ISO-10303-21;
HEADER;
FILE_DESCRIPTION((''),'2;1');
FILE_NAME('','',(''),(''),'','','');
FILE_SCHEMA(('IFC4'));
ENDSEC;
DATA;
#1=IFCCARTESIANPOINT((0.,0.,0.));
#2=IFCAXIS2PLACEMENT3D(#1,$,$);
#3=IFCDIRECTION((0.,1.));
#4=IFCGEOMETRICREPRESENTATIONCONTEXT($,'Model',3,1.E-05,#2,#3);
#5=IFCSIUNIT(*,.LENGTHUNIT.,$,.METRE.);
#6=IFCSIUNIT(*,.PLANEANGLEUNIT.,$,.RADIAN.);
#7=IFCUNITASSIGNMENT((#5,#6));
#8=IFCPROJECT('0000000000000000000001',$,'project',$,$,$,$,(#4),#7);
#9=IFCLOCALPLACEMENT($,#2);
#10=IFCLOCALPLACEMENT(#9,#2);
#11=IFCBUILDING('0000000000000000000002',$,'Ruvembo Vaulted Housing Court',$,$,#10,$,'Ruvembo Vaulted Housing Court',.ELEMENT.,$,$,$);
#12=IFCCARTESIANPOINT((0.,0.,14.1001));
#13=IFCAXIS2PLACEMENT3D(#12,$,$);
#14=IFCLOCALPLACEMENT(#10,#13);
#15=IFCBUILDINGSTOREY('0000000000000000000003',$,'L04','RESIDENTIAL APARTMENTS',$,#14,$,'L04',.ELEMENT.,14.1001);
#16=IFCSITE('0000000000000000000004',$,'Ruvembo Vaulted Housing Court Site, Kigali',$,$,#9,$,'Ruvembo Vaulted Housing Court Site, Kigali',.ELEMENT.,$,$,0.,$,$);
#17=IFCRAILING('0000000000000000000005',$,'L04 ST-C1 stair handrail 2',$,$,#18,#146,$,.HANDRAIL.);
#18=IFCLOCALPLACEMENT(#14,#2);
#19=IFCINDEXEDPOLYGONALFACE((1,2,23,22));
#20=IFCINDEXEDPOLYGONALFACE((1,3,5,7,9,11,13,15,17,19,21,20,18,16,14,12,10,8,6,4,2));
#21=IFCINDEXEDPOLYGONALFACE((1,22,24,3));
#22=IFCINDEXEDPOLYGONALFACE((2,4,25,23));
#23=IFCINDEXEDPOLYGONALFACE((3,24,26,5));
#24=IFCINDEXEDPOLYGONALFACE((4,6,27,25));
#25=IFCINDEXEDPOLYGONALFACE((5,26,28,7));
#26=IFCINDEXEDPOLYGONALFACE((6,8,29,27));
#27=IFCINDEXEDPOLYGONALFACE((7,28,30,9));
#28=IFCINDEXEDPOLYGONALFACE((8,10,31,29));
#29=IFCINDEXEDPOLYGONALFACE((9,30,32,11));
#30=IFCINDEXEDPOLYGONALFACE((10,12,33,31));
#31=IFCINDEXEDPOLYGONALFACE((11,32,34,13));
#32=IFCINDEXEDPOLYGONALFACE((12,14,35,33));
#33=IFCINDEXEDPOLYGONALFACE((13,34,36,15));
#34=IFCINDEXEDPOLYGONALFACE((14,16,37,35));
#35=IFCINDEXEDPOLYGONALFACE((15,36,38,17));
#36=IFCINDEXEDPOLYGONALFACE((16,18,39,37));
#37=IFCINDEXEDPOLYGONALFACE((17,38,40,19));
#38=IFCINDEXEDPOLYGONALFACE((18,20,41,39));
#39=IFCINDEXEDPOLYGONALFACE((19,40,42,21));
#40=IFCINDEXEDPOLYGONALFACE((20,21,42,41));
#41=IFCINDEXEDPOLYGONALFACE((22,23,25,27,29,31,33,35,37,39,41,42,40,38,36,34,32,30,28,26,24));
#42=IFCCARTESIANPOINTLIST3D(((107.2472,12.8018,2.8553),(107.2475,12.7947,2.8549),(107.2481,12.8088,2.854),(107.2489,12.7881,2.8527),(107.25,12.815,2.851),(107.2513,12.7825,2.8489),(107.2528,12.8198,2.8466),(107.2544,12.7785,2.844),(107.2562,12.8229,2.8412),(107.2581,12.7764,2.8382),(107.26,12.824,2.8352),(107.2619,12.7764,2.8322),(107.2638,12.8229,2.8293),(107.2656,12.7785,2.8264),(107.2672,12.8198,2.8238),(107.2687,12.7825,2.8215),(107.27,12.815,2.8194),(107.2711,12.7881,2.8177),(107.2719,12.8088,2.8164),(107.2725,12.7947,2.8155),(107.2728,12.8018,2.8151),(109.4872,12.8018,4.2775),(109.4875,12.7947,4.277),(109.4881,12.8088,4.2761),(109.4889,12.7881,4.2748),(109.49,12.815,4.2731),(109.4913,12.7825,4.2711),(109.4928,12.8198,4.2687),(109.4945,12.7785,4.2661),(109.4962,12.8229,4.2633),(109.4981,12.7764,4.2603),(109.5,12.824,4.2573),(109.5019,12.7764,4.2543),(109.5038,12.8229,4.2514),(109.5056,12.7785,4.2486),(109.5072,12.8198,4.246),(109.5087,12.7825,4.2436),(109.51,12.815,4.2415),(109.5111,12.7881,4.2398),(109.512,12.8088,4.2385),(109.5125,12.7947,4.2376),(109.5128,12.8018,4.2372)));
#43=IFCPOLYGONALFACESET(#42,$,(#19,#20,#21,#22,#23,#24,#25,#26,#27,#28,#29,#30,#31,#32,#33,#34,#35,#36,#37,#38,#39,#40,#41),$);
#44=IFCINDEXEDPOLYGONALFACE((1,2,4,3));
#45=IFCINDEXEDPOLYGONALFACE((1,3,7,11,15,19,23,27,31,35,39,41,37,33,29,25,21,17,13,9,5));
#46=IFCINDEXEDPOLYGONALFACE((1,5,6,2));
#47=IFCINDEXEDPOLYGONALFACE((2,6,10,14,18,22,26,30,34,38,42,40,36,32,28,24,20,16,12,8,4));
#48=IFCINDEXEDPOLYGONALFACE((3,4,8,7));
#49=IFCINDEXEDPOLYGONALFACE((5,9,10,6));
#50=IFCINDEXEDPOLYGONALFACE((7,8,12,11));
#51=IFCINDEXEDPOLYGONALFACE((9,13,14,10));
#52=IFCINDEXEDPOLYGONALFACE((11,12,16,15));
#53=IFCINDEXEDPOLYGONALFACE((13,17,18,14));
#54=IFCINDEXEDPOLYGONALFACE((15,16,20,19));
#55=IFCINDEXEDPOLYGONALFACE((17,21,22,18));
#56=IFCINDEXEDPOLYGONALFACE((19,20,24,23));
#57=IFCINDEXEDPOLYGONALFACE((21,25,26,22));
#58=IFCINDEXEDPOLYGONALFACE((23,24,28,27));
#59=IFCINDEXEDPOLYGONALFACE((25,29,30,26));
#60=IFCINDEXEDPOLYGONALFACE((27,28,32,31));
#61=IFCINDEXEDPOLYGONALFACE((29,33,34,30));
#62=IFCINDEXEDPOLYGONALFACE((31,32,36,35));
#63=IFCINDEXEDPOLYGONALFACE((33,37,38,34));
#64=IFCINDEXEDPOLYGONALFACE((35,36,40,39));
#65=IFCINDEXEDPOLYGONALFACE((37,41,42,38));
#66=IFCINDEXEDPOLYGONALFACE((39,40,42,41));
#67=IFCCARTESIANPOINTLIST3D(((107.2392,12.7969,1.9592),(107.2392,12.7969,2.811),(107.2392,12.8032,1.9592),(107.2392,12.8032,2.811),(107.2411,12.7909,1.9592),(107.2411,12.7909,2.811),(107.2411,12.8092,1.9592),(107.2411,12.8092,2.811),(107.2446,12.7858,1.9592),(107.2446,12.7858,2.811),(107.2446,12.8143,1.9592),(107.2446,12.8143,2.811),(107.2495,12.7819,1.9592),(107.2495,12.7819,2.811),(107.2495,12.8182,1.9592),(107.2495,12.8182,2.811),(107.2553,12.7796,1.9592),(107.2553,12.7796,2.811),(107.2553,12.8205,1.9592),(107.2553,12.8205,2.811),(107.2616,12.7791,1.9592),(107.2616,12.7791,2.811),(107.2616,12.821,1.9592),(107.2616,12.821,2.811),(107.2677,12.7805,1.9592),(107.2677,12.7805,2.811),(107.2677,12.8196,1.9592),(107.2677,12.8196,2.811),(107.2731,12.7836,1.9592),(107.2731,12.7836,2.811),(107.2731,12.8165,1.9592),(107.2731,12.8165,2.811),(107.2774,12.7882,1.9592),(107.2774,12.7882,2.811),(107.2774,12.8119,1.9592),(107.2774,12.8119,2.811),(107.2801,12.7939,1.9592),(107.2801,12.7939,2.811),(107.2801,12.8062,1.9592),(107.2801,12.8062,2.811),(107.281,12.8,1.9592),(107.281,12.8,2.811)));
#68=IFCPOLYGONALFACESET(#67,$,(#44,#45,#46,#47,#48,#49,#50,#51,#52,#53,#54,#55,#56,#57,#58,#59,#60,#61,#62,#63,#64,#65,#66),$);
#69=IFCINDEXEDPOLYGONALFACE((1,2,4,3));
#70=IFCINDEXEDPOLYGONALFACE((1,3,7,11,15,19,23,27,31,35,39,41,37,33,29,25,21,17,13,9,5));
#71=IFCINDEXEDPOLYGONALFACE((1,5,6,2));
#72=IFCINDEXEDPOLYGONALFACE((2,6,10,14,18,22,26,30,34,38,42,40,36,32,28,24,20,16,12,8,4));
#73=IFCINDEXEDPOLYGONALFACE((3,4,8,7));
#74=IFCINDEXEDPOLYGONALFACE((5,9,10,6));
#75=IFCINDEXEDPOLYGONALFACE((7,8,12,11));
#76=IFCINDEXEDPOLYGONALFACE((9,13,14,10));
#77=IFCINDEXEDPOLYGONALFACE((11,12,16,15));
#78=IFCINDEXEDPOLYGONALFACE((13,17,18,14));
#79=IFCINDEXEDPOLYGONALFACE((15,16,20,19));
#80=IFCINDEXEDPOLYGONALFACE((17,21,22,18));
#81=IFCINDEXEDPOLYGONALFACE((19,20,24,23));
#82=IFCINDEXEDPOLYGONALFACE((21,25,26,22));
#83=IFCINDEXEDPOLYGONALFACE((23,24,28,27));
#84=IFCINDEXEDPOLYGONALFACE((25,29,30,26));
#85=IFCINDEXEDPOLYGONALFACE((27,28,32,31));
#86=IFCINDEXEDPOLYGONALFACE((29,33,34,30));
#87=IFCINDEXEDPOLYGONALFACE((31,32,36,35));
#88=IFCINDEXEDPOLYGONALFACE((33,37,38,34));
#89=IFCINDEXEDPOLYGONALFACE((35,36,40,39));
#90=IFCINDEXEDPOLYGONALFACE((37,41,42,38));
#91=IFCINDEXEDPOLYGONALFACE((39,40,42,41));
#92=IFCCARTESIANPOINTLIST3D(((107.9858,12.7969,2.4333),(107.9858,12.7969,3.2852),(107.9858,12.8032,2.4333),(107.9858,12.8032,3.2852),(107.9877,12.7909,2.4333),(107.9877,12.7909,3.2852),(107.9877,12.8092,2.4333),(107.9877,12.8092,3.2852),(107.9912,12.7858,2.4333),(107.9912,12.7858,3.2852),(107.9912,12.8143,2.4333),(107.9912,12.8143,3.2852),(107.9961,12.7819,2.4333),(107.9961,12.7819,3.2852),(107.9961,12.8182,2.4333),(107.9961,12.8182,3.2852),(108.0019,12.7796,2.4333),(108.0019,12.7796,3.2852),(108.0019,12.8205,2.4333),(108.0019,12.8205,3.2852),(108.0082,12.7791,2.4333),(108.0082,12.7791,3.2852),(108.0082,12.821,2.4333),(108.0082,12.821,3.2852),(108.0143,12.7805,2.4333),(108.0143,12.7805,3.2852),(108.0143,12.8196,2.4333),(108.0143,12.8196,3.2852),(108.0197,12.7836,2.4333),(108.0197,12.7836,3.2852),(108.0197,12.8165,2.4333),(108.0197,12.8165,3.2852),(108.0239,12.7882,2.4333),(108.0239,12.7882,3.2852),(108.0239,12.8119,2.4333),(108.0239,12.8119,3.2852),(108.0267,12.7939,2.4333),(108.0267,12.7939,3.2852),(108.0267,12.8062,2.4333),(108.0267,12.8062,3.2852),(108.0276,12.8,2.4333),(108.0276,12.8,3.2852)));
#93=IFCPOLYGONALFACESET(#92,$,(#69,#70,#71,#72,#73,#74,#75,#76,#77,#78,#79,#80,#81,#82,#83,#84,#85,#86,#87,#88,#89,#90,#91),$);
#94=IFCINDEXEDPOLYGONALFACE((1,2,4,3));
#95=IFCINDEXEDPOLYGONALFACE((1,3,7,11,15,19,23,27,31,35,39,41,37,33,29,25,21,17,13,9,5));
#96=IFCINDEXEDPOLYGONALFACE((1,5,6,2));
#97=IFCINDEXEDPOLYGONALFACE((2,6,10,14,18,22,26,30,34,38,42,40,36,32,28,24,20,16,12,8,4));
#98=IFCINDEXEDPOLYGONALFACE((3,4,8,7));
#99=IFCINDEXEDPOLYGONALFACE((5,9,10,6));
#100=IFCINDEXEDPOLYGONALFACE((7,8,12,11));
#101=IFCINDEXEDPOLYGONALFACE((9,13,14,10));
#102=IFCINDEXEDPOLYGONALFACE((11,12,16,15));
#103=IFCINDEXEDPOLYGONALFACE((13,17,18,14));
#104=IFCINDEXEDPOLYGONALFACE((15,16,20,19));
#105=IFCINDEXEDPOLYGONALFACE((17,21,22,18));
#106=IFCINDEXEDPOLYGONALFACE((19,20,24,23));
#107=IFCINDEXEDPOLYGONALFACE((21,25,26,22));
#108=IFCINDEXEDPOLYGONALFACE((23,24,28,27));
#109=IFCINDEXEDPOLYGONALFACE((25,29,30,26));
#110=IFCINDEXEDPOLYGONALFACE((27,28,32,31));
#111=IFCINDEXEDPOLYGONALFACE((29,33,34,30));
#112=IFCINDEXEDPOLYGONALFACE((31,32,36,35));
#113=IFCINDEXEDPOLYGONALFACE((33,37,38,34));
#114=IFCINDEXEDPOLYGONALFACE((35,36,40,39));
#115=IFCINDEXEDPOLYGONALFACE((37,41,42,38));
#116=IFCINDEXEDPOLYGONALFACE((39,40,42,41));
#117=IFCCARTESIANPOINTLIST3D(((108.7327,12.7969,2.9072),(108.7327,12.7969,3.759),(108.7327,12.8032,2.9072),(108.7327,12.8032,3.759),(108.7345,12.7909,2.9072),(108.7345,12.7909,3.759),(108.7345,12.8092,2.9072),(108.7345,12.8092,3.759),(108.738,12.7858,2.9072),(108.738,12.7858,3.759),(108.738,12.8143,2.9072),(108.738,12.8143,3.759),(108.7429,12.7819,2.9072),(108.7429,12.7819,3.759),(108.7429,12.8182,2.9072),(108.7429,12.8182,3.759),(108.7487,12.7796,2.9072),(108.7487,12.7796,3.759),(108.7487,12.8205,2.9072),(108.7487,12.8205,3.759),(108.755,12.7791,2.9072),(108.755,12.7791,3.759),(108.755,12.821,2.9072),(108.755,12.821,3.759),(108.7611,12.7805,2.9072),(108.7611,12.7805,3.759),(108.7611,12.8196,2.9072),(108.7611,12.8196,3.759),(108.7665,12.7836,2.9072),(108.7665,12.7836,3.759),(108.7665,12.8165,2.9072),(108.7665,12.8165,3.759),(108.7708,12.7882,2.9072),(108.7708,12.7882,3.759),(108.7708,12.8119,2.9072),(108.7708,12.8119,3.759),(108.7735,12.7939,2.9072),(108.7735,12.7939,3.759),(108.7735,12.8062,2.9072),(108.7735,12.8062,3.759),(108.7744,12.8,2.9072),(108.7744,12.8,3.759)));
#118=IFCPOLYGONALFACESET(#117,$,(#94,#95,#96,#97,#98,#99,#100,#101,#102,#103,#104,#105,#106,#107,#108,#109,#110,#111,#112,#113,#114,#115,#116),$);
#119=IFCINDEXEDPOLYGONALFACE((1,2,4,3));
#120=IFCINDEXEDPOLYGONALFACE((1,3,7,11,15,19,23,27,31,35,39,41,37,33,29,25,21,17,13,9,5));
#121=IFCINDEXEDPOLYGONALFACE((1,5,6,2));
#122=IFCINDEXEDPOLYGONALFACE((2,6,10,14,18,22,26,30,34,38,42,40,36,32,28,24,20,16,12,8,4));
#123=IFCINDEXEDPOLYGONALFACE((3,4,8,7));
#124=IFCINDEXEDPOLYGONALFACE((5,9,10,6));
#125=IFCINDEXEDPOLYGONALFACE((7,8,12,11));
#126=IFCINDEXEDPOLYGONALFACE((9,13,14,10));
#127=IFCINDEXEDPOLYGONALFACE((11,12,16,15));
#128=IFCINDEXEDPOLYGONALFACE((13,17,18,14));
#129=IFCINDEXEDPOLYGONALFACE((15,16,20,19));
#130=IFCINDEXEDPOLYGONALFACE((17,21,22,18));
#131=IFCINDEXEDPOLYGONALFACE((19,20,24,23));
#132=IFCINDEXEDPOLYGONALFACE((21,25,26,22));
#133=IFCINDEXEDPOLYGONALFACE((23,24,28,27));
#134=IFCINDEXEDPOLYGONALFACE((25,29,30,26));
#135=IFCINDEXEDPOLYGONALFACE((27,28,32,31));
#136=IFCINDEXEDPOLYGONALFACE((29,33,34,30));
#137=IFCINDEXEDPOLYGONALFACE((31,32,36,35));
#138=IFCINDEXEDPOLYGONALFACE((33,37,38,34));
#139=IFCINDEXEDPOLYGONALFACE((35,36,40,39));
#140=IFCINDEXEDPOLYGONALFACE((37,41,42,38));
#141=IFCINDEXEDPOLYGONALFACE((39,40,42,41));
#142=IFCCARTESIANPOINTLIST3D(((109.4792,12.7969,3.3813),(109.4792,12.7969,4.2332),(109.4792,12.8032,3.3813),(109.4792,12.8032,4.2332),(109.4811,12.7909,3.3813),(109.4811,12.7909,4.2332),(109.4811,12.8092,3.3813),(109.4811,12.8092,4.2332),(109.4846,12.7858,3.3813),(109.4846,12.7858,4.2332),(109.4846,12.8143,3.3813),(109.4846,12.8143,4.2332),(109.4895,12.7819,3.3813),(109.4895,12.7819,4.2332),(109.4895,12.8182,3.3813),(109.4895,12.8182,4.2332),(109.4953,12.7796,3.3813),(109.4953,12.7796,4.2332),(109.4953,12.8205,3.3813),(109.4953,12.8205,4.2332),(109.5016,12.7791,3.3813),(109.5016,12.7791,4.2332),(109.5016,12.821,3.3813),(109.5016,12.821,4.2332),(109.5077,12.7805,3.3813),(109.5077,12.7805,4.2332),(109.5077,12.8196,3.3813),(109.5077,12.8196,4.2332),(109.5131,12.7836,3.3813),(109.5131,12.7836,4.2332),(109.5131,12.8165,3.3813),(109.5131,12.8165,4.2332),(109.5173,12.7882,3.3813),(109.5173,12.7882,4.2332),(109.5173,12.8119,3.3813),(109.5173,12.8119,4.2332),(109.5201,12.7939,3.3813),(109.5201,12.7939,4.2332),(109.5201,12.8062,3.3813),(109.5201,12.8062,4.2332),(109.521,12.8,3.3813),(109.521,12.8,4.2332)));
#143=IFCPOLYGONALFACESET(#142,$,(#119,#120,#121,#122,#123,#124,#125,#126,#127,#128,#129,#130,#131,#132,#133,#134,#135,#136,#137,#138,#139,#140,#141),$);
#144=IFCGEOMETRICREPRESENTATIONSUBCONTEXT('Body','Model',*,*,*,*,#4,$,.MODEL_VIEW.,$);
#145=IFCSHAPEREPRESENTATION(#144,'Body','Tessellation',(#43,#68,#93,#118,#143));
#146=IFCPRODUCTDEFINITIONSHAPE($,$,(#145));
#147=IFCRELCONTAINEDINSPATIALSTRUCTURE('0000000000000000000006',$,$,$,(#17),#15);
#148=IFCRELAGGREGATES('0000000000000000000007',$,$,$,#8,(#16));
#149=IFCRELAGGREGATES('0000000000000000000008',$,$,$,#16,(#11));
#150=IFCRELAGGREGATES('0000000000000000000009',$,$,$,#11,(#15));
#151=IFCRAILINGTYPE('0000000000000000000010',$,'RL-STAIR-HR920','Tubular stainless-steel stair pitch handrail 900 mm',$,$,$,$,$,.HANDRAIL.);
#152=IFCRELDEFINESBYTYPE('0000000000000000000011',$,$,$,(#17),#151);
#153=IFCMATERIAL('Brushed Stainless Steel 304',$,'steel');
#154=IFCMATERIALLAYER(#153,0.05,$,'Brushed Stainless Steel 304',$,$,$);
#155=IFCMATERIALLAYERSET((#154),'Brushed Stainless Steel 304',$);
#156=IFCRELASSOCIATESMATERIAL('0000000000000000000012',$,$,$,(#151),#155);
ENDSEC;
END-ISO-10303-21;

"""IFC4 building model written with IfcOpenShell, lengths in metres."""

from ifc_helpers import new_model, si_unit, direction, frame, origin, origin_2d, place, context, subcontext, project, spatial, circle, extrude, material, layer, layer_set, type_object, element, save


model = new_model("IFC4")

# Units and contexts
model_context = context("Model", 3, precision=1e-05, world=origin(), true_north=direction((0.0, 1.0)))
body_context = subcontext(model_context, "Body", "Model", "MODEL_VIEW")
ifc_project = project(units=[si_unit("LENGTHUNIT", "METRE"), si_unit("PLANEANGLEUNIT", "RADIAN")], contexts=[model_context])

# Site, building, storey
site_placement = place(None, origin())
site = spatial("IfcSite", under=ifc_project, at=site_placement, Name="Ruvembo Vaulted Housing Court Site, Kigali", LongName="Ruvembo Vaulted Housing Court Site, Kigali", CompositionType="ELEMENT", RefElevation=0.0)
building_placement = place(site_placement, origin())
building = spatial("IfcBuilding", under=site, at=building_placement, Name="Ruvembo Vaulted Housing Court", LongName="Ruvembo Vaulted Housing Court", CompositionType="ELEMENT")
storey_placement = place(building_placement, frame((0.0, 0.0, 14.1001)))
storey = spatial("IfcBuildingStorey", under=building, at=storey_placement, Name="L04", Description="RESIDENTIAL APARTMENTS", LongName="L04", CompositionType="ELEMENT", Elevation=14.1001)

# Shared definitions
ifc_material_1 = material(Name="Brushed Stainless Steel 304", Category="steel")

# Railing
ifc_layer_1 = layer(ifc_material_1, 0.05, Name="Brushed Stainless Steel 304")
ifc_layer_set_1 = layer_set([ifc_layer_1], Name="Brushed Stainless Steel 304")
railing_type_1 = type_object("IfcRailingType", Name="RL-STAIR-HR920", Description="Tubular stainless-steel stair pitch handrail 900 mm", PredefinedType="HANDRAIL", material=ifc_layer_set_1)
railing_1_placement = place(storey_placement, frame((107.26, 12.8, 1.9592)))
element("IfcRailing", 1, at=railing_1_placement, inside=storey, type_object=railing_type_1, Name="L04 ST-C1 stair handrail 2", PredefinedType="HANDRAIL", context=body_context, shape_type="SweptSolid", body=[
    extrude(circle(Radius=0.0239, at=origin_2d()), frame((0.0, 0.0, 0.876), z_axis=(0.844229, 0.0, 0.535982), x_axis=(0.0, 1.0, 0.0)), (0.0, 0.0, 1.0), 2.6533),
    extrude(circle(Radius=0.021, at=origin_2d()), origin(), (0.0, 0.0, 1.0), 0.8518),
    extrude(circle(Radius=0.021, at=origin_2d()), frame((0.7466, 0.0, 0.4741)), (0.0, 0.0, 1.0), 0.8518),
    extrude(circle(Radius=0.021, at=origin_2d()), frame((1.4934, 0.0, 0.948)), (0.0, 0.0, 1.0), 0.8518),
    extrude(circle(Radius=0.021, at=origin_2d()), frame((2.24, 0.0, 1.4221)), (0.0, 0.0, 1.0), 0.8518),
])

save(model, "model.ifc")
